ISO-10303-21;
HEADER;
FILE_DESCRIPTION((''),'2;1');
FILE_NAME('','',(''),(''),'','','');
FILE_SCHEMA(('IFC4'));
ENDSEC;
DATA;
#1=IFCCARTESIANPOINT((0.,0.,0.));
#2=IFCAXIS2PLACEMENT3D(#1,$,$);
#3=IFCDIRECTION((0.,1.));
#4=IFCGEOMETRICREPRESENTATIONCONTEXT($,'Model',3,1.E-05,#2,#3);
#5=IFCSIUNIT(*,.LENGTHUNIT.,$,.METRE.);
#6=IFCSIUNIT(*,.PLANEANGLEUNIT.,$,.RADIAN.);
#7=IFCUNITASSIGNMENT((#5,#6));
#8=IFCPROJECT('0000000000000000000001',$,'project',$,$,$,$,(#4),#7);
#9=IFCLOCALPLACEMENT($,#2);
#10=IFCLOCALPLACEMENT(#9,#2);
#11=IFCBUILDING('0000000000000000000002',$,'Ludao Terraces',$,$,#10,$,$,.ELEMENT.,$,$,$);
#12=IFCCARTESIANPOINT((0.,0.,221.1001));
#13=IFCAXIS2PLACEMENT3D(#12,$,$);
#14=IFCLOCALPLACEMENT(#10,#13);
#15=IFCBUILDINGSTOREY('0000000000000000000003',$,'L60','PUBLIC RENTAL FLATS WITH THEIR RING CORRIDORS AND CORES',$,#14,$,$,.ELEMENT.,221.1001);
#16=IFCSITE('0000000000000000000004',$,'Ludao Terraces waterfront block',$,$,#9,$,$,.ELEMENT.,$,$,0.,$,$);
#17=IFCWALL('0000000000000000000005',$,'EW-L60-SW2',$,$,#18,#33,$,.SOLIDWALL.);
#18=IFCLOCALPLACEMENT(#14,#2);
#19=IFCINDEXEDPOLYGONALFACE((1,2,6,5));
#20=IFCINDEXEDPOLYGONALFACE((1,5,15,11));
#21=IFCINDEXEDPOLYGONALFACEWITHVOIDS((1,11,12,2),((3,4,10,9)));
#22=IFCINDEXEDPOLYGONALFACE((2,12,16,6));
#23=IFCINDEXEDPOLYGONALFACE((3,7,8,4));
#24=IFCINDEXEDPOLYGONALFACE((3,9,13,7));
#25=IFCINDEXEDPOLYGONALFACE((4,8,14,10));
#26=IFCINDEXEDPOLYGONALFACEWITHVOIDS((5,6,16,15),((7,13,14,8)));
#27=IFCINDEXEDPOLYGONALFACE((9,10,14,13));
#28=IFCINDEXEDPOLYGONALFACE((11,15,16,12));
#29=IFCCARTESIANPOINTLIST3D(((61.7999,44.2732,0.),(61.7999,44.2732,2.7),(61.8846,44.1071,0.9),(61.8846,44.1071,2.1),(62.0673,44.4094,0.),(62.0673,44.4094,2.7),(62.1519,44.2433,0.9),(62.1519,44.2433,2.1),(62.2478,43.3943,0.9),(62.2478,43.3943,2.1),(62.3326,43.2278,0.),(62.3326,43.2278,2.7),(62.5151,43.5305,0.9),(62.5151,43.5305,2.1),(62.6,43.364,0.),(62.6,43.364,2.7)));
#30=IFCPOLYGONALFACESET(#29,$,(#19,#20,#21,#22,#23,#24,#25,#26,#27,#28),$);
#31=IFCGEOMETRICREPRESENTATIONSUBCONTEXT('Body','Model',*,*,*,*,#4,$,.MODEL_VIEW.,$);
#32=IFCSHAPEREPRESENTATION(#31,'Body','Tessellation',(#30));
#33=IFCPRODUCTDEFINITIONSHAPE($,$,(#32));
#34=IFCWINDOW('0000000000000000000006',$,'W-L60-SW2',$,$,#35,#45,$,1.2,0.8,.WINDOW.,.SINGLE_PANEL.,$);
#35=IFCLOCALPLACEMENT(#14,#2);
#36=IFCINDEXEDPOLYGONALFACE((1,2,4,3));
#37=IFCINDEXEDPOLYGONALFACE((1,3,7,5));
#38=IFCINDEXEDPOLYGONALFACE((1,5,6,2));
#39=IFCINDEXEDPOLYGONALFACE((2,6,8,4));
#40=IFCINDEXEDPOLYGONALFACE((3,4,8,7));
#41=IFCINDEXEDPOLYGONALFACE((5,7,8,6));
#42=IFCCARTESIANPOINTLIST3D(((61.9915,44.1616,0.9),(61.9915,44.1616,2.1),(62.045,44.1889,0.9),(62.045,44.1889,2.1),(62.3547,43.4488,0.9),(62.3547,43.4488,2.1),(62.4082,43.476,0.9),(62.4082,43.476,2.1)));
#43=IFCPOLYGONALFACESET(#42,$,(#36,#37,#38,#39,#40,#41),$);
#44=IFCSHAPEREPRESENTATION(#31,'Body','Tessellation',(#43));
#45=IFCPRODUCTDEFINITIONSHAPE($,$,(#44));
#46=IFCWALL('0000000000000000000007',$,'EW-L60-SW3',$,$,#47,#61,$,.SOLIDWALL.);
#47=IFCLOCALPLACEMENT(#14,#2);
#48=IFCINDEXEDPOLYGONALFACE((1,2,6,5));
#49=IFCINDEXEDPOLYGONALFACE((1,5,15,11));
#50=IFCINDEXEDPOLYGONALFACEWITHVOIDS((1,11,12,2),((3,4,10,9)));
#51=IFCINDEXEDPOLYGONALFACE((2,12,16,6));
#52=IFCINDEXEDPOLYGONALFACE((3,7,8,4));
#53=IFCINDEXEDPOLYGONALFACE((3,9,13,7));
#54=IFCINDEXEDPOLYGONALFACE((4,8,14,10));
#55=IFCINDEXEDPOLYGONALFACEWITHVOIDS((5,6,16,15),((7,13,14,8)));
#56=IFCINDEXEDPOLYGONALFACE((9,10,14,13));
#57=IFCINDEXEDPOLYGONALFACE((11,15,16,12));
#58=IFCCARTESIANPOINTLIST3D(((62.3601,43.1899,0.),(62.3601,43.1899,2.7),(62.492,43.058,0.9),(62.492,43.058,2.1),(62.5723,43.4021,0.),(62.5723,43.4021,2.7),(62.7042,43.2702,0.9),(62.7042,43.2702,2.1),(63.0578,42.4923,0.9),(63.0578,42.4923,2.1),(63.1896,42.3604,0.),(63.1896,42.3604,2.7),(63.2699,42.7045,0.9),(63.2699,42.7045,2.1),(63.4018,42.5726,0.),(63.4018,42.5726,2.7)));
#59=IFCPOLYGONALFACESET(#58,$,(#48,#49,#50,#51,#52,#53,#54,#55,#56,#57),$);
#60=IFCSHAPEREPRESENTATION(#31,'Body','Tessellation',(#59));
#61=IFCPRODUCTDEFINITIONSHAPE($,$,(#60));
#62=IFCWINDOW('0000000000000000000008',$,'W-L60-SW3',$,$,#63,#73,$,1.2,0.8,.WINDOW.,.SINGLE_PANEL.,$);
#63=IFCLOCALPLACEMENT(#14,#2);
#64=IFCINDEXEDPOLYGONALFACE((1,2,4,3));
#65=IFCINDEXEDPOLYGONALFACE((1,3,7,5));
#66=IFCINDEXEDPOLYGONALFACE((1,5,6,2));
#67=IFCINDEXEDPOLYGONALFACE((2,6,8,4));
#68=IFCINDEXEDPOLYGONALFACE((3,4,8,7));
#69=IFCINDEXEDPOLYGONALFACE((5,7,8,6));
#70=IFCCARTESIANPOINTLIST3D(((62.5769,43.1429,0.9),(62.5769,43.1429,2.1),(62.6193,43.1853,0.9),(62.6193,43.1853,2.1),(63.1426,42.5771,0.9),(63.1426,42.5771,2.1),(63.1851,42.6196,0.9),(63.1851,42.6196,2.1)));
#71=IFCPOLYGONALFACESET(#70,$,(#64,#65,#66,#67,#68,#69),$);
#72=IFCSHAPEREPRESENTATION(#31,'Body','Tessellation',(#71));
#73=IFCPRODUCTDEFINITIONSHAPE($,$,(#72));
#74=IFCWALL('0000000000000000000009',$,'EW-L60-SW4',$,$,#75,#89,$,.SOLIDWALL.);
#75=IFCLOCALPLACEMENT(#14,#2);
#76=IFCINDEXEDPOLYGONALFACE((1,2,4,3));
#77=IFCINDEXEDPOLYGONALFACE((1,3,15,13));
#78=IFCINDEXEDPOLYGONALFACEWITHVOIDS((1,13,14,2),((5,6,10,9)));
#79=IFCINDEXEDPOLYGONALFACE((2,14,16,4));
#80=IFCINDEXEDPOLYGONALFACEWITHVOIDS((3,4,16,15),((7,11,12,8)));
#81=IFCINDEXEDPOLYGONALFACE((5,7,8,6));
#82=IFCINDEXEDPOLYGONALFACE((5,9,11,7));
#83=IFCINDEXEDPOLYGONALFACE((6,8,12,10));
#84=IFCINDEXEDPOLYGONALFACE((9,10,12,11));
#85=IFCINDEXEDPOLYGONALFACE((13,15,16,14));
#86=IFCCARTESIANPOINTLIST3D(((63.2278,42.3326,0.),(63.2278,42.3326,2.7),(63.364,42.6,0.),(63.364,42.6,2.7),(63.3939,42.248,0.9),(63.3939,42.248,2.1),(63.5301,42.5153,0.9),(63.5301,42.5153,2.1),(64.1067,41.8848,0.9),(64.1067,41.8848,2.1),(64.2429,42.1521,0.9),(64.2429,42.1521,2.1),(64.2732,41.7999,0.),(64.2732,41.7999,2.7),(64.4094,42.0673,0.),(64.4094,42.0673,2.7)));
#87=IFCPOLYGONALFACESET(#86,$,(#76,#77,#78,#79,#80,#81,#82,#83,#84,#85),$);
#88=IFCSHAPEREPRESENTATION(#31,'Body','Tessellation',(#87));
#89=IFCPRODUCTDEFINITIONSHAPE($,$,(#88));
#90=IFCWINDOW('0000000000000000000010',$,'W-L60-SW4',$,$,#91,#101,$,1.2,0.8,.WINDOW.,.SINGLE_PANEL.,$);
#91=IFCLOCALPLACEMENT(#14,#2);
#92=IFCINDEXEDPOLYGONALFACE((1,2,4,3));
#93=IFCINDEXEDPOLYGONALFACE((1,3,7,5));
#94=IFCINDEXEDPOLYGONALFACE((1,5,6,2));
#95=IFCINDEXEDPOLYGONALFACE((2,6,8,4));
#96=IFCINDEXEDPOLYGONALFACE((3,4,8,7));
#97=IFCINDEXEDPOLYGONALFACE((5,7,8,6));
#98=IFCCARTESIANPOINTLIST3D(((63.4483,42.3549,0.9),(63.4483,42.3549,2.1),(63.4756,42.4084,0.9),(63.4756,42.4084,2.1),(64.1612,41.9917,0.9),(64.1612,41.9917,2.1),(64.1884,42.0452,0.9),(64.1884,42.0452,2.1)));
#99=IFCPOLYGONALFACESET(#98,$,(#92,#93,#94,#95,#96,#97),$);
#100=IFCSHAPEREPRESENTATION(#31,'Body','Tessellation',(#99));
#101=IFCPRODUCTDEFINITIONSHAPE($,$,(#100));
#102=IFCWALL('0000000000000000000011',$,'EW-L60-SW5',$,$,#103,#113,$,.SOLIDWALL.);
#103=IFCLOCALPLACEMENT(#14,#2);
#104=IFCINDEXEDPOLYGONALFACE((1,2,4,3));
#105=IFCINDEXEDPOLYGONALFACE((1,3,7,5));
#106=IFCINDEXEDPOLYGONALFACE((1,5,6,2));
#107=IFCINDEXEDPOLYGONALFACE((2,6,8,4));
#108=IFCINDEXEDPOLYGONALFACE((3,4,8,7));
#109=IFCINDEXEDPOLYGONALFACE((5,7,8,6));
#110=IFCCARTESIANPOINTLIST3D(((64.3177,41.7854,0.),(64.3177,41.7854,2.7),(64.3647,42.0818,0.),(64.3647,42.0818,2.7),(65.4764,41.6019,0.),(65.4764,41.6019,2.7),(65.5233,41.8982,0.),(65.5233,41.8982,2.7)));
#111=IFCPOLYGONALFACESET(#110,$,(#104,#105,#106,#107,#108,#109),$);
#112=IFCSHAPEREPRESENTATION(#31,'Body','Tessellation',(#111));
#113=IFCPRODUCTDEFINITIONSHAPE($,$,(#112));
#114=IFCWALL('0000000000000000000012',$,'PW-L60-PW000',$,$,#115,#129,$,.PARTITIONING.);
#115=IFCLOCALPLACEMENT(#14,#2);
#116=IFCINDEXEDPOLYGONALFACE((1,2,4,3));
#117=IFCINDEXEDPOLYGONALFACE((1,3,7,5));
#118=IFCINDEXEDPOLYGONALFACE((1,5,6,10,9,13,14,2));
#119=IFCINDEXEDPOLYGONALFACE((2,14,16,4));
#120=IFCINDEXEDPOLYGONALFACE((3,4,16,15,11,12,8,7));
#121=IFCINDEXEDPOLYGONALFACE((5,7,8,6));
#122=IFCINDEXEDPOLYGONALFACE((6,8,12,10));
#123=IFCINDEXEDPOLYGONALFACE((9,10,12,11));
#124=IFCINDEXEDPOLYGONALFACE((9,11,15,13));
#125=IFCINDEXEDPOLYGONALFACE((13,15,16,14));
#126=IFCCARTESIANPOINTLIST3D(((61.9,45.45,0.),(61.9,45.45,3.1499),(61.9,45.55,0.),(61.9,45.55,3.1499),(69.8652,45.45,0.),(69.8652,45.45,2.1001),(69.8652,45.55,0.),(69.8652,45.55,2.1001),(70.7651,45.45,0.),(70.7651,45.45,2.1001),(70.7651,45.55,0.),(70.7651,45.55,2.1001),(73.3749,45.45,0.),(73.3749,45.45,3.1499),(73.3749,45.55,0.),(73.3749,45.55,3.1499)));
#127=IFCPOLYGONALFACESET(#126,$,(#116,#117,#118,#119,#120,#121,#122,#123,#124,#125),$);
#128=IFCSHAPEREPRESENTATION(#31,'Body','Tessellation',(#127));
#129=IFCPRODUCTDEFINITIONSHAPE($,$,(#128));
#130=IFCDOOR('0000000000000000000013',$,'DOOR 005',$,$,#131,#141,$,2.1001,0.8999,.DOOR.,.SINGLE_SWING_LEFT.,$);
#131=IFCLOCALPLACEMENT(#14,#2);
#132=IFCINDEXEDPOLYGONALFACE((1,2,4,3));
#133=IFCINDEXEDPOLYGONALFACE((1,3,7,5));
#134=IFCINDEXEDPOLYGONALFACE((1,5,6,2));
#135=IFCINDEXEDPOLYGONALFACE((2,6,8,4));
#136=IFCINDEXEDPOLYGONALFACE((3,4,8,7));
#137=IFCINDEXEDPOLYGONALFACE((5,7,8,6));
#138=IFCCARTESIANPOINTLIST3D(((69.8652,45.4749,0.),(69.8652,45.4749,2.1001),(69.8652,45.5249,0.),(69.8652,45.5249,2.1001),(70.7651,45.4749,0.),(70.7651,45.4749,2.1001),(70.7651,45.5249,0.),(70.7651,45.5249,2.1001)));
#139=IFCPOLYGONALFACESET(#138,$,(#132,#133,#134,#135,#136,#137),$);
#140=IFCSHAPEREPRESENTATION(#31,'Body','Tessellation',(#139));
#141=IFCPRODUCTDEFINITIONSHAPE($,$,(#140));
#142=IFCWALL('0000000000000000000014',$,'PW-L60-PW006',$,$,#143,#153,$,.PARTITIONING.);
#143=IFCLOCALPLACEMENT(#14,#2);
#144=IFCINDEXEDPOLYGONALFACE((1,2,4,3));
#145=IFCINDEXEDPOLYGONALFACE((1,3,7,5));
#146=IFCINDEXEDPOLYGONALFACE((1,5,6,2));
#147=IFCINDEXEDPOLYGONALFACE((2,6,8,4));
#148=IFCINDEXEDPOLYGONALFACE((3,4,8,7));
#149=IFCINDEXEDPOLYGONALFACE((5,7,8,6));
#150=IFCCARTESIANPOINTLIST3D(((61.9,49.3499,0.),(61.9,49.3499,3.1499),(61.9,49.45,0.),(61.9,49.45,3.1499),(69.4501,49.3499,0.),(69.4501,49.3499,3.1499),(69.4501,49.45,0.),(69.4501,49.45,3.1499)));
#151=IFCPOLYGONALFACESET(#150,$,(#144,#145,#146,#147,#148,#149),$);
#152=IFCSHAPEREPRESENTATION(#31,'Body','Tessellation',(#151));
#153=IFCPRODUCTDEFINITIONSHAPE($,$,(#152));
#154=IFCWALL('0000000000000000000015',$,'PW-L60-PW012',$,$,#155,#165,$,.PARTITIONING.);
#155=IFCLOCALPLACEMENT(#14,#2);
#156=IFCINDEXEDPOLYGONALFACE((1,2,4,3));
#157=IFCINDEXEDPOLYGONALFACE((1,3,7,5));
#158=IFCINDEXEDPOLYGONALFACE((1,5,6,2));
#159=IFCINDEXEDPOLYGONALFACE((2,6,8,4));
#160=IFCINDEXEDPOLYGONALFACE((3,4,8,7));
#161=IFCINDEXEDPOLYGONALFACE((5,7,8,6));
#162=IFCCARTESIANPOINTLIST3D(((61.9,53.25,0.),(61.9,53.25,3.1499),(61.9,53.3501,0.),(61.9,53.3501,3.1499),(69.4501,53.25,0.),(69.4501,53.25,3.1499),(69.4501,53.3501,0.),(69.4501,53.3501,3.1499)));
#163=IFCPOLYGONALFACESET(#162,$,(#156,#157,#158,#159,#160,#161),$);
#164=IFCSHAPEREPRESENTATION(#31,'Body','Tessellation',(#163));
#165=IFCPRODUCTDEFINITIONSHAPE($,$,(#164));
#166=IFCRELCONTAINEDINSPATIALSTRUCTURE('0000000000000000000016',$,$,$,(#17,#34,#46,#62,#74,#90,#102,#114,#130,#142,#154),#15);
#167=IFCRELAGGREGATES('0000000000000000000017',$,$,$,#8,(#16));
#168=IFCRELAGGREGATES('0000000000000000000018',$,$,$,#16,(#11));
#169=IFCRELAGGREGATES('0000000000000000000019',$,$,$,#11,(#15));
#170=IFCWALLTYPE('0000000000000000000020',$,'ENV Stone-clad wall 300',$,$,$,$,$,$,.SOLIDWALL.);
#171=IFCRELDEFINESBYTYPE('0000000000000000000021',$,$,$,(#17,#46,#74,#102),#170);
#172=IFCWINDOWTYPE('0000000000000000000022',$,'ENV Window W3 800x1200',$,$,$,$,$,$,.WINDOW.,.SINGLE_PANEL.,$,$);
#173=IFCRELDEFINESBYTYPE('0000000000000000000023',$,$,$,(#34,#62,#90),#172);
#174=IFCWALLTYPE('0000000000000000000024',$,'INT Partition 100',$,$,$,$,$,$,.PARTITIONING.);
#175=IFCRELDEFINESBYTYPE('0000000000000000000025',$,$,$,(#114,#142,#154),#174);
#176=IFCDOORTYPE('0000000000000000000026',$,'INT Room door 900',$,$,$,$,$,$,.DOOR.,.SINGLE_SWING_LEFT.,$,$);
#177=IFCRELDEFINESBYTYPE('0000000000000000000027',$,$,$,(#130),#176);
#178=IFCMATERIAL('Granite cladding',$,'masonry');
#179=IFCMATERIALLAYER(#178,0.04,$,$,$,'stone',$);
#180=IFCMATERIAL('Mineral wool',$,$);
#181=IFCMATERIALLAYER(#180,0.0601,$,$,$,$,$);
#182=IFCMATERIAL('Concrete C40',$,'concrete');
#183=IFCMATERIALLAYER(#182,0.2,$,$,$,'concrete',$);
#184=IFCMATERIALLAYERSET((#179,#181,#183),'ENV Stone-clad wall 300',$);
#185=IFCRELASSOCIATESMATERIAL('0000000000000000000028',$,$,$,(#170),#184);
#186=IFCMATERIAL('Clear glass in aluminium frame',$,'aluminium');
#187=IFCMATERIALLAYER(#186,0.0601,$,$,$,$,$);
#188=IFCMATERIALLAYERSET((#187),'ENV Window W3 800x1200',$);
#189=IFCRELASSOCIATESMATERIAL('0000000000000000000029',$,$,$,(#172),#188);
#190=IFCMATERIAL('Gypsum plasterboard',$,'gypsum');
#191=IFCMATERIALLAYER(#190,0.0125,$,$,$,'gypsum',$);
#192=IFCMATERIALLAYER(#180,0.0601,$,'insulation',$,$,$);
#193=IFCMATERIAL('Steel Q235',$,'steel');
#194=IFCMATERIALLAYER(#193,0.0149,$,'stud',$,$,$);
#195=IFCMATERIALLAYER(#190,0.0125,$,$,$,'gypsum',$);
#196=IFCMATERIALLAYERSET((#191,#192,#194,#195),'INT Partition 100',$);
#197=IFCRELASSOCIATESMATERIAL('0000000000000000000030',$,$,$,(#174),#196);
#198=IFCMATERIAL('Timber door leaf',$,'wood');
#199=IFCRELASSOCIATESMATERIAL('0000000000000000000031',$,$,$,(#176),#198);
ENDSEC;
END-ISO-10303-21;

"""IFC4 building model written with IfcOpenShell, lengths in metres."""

from ifc_helpers import new_model, si_unit, direction, frame, frame_2d, origin, place, context, subcontext, project, spatial, rectangle, extrude, material, layer, layer_set, type_object, element, fill, save


model = new_model("IFC4")

# Units and contexts
model_context = context("Model", 3, precision=1e-05, world=origin(), true_north=direction((0.0, 1.0)))
body_context = subcontext(model_context, "Body", "Model", "MODEL_VIEW")
ifc_project = project(units=[si_unit("LENGTHUNIT", "METRE"), si_unit("PLANEANGLEUNIT", "RADIAN")], contexts=[model_context])

# Site, building, storey
site_placement = place(None, origin())
site = spatial("IfcSite", under=ifc_project, at=site_placement, Name="Ludao Terraces waterfront block", CompositionType="ELEMENT", RefElevation=0.0)
building_placement = place(site_placement, origin())
building = spatial("IfcBuilding", under=site, at=building_placement, Name="Ludao Terraces", CompositionType="ELEMENT")
storey_placement = place(building_placement, frame((0.0, 0.0, 221.1001)))
storey = spatial("IfcBuildingStorey", under=building, at=storey_placement, Name="L60", Description="PUBLIC RENTAL FLATS WITH THEIR RING CORRIDORS AND CORES", CompositionType="ELEMENT", Elevation=221.1001)

# Shared definitions
ifc_material_1 = material(Name="Concrete C40", Category="concrete")

# Shared definitions
ifc_material_2 = material(Name="Granite cladding", Category="masonry")
ifc_layer_1 = layer(ifc_material_2, 0.04, Category="stone")
ifc_material_3 = material(Name="Mineral wool")
ifc_layer_2 = layer(ifc_material_3, 0.0601)
ifc_layer_3 = layer(ifc_material_1, 0.2, Category="concrete")
ifc_layer_set_1 = layer_set([ifc_layer_1, ifc_layer_2, ifc_layer_3], Name="ENV Stone-clad wall 300")
wall_type_1 = type_object("IfcWallType", Name="ENV Stone-clad wall 300", PredefinedType="SOLIDWALL", material=ifc_layer_set_1)
ifc_material_4 = material(Name="Clear glass in aluminium frame", Category="aluminium")

# Walls, openings, windows
wall_1_placement = place(storey_placement, frame((61.9336, 44.3413, 0.0), z_axis=(0.0, 0.0, 1.0), x_axis=(0.454026, -0.890989, 0.0)))
wall_1 = element("IfcWall", 1, at=wall_1_placement, inside=storey, type_object=wall_type_1, Name="EW-L60-SW2", PredefinedType="SOLIDWALL", context=body_context, shape_type="SweptSolid", body=[
    extrude(rectangle(XDim=1.1733, YDim=0.3, at=frame_2d((0.5867, 0.0))), origin(), (0.0, 0.0, 1.0), 2.7),
])
opening_1_placement = place(wall_1_placement, frame((0.1865, 0.0, 0.8999)))
opening_1 = element("IfcOpeningElement", 2, at=opening_1_placement, cuts=wall_1, PredefinedType="OPENING", context=body_context, shape_type="SweptSolid", body=[
    extrude(rectangle(XDim=0.8, YDim=1.2, at=frame_2d((0.3999, 0.6001))), frame((0.0, 0.1602, 0.0), z_axis=(0.0, -1.0, 0.0), x_axis=(1.0, 0.0, 0.0)), (0.0, 0.0, 1.0), 0.3201),
])
ifc_layer_4 = layer(ifc_material_4, 0.0601)
ifc_layer_set_2 = layer_set([ifc_layer_4], Name="ENV Window W3 800x1200")
window_type_1 = type_object("IfcWindowType", Name="ENV Window W3 800x1200", PartitioningType="SINGLE_PANEL", PredefinedType="WINDOW", material=ifc_layer_set_2)
window_1_placement = place(opening_1_placement, origin())
window_1 = element("IfcWindow", 3, at=window_1_placement, inside=storey, type_object=window_type_1, Name="W-L60-SW2", OverallHeight=1.2, OverallWidth=0.8, PartitioningType="SINGLE_PANEL", PredefinedType="WINDOW", context=body_context, shape_type="SweptSolid", body=[
    extrude(rectangle(XDim=0.8, YDim=1.2, at=frame_2d((0.3999, 0.6001))), frame((0.0, 0.03, 0.0), z_axis=(0.0, -1.0, 0.0), x_axis=(1.0, 0.0, 0.0)), (0.0, 0.0, 1.0), 0.0601),
])
fill(opening_1, window_1)
wall_2_placement = place(storey_placement, frame((62.4663, 43.2959, 0.0), z_axis=(0.0, 0.0, 1.0), x_axis=(0.707107, -0.707107, 0.0)))
wall_2 = element("IfcWall", 4, at=wall_2_placement, inside=storey, type_object=wall_type_1, Name="EW-L60-SW3", PredefinedType="SOLIDWALL", context=body_context, shape_type="SweptSolid", body=[
    extrude(rectangle(XDim=1.1731, YDim=0.3, at=frame_2d((0.5864, 0.0))), origin(), (0.0, 0.0, 1.0), 2.7),
])
opening_2_placement = place(wall_2_placement, frame((0.1865, 0.0, 0.8999)))
opening_2 = element("IfcOpeningElement", 5, at=opening_2_placement, cuts=wall_2, PredefinedType="OPENING", context=body_context, shape_type="SweptSolid", body=[
    extrude(rectangle(XDim=0.8, YDim=1.2, at=frame_2d((0.3999, 0.6001))), frame((0.0, 0.1602, 0.0), z_axis=(0.0, -1.0, 0.0), x_axis=(1.0, 0.0, 0.0)), (0.0, 0.0, 1.0), 0.3201),
])
window_2_placement = place(opening_2_placement, origin())
window_2 = element("IfcWindow", 6, at=window_2_placement, inside=storey, type_object=window_type_1, Name="W-L60-SW3", OverallHeight=1.2, OverallWidth=0.8, PartitioningType="SINGLE_PANEL", PredefinedType="WINDOW", context=body_context, shape_type="SweptSolid", body=[
    extrude(rectangle(XDim=0.8, YDim=1.2, at=frame_2d((0.3999, 0.6001))), frame((0.0, 0.03, 0.0), z_axis=(0.0, -1.0, 0.0), x_axis=(1.0, 0.0, 0.0)), (0.0, 0.0, 1.0), 0.0601),
])
fill(opening_2, window_2)
wall_3_placement = place(storey_placement, frame((63.2959, 42.4663, 0.0), z_axis=(0.0, 0.0, 1.0), x_axis=(0.890989, -0.454026, 0.0)))
wall_3 = element("IfcWall", 7, at=wall_3_placement, inside=storey, type_object=wall_type_1, Name="EW-L60-SW4", PredefinedType="SOLIDWALL", context=body_context, shape_type="SweptSolid", body=[
    extrude(rectangle(XDim=1.1733, YDim=0.3, at=frame_2d((0.5867, 0.0))), origin(), (0.0, 0.0, 1.0), 2.7),
])
opening_3_placement = place(wall_3_placement, frame((0.1865, 0.0, 0.8999)))
opening_3 = element("IfcOpeningElement", 8, at=opening_3_placement, cuts=wall_3, PredefinedType="OPENING", context=body_context, shape_type="SweptSolid", body=[
    extrude(rectangle(XDim=0.8, YDim=1.2, at=frame_2d((0.3999, 0.6001))), frame((0.0, 0.1602, 0.0), z_axis=(0.0, -1.0, 0.0), x_axis=(1.0, 0.0, 0.0)), (0.0, 0.0, 1.0), 0.3201),
])
window_3_placement = place(opening_3_placement, origin())
window_3 = element("IfcWindow", 9, at=window_3_placement, inside=storey, type_object=window_type_1, Name="W-L60-SW4", OverallHeight=1.2, OverallWidth=0.8, PartitioningType="SINGLE_PANEL", PredefinedType="WINDOW", context=body_context, shape_type="SweptSolid", body=[
    extrude(rectangle(XDim=0.8, YDim=1.2, at=frame_2d((0.3999, 0.6001))), frame((0.0, 0.03, 0.0), z_axis=(0.0, -1.0, 0.0), x_axis=(1.0, 0.0, 0.0)), (0.0, 0.0, 1.0), 0.0601),
])
fill(opening_3, window_3)

# Wall
wall_4_placement = place(storey_placement, frame((64.3413, 41.9336, 0.0), z_axis=(0.0, 0.0, 1.0), x_axis=(0.987678, -0.156497, 0.0)))
element("IfcWall", 10, at=wall_4_placement, inside=storey, type_object=wall_type_1, Name="EW-L60-SW5", PredefinedType="SOLIDWALL", context=body_context, shape_type="SweptSolid", body=[
    extrude(rectangle(XDim=1.1731, YDim=0.3, at=frame_2d((0.5864, 0.0))), origin(), (0.0, 0.0, 1.0), 2.7),
])

# Wall, opening, door
ifc_material_5 = material(Name="Gypsum plasterboard", Category="gypsum")
ifc_layer_5 = layer(ifc_material_5, 0.0125, Category="gypsum")
ifc_layer_6 = layer(ifc_material_3, 0.0601, Name="insulation")
ifc_material_6 = material(Name="Steel Q235", Category="steel")
ifc_layer_7 = layer(ifc_material_6, 0.0149, Name="stud")
ifc_layer_8 = layer(ifc_material_5, 0.0125, Category="gypsum")
ifc_layer_set_3 = layer_set([ifc_layer_5, ifc_layer_6, ifc_layer_7, ifc_layer_8], Name="INT Partition 100")
wall_type_2 = type_object("IfcWallType", Name="INT Partition 100", PredefinedType="PARTITIONING", material=ifc_layer_set_3)
wall_5_placement = place(storey_placement, frame((61.9001, 45.5, 0.0), z_axis=(0.0, 0.0, 1.0), x_axis=(1.0, 0.0, 0.0)))
wall_5 = element("IfcWall", 11, at=wall_5_placement, inside=storey, type_object=wall_type_2, Name="PW-L60-PW000", PredefinedType="PARTITIONING", context=body_context, shape_type="SweptSolid", body=[
    extrude(rectangle(XDim=11.4749, YDim=0.1001, at=frame_2d((5.7373, 0.0))), origin(), (0.0, 0.0, 1.0), 3.1499),
])
opening_4_placement = place(wall_5_placement, frame((7.9651, 0.0, 0.0)))
opening_4 = element("IfcOpeningElement", 12, at=opening_4_placement, cuts=wall_5, PredefinedType="OPENING", context=body_context, shape_type="SweptSolid", body=[
    extrude(rectangle(XDim=0.8999, YDim=2.1001, at=frame_2d((0.45, 1.05))), frame((0.0, 0.0601, 0.0), z_axis=(0.0, -1.0, 0.0), x_axis=(1.0, 0.0, 0.0)), (0.0, 0.0, 1.0), 0.1201),
])
ifc_material_7 = material(Name="Timber door leaf", Category="wood")
door_type_1 = type_object("IfcDoorType", Name="INT Room door 900", OperationType="SINGLE_SWING_LEFT", PredefinedType="DOOR", material=ifc_material_7)
door_1_placement = place(opening_4_placement, origin())
door_1 = element("IfcDoor", 13, at=door_1_placement, inside=storey, type_object=door_type_1, Name="DOOR 005", OperationType="SINGLE_SWING_LEFT", OverallHeight=2.1001, OverallWidth=0.8999, PredefinedType="DOOR", context=body_context, shape_type="SweptSolid", body=[
    extrude(rectangle(XDim=0.8999, YDim=2.1001, at=frame_2d((0.45, 1.05))), frame((0.0, 0.0249, 0.0), z_axis=(0.0, -1.0, 0.0), x_axis=(1.0, 0.0, 0.0)), (0.0, 0.0, 1.0), 0.05),
])
fill(opening_4, door_1)

# Walls
for number, where, z_axis, x_axis, name in (
    (14, (61.9001, 49.3999, 0.0), (0.0, 0.0, 1.0), (1.0, 0.0, 0.0), "PW-L60-PW006"),
    (15, (61.9001, 53.3, 0.0), (0.0, 0.0, 1.0), (1.0, 0.0, 0.0), "PW-L60-PW012"),
):
    element("IfcWall", number, at=place(storey_placement, frame(where, z_axis=z_axis, x_axis=x_axis)), inside=storey, type_object=wall_type_2, Name=name, PredefinedType="PARTITIONING", context=body_context, shape_type="SweptSolid", body=[
        extrude(rectangle(XDim=7.55, YDim=0.1001, at=frame_2d((3.7749, 0.0))), origin(), (0.0, 0.0, 1.0), 3.1499),
    ])

save(model, "model.ifc")
